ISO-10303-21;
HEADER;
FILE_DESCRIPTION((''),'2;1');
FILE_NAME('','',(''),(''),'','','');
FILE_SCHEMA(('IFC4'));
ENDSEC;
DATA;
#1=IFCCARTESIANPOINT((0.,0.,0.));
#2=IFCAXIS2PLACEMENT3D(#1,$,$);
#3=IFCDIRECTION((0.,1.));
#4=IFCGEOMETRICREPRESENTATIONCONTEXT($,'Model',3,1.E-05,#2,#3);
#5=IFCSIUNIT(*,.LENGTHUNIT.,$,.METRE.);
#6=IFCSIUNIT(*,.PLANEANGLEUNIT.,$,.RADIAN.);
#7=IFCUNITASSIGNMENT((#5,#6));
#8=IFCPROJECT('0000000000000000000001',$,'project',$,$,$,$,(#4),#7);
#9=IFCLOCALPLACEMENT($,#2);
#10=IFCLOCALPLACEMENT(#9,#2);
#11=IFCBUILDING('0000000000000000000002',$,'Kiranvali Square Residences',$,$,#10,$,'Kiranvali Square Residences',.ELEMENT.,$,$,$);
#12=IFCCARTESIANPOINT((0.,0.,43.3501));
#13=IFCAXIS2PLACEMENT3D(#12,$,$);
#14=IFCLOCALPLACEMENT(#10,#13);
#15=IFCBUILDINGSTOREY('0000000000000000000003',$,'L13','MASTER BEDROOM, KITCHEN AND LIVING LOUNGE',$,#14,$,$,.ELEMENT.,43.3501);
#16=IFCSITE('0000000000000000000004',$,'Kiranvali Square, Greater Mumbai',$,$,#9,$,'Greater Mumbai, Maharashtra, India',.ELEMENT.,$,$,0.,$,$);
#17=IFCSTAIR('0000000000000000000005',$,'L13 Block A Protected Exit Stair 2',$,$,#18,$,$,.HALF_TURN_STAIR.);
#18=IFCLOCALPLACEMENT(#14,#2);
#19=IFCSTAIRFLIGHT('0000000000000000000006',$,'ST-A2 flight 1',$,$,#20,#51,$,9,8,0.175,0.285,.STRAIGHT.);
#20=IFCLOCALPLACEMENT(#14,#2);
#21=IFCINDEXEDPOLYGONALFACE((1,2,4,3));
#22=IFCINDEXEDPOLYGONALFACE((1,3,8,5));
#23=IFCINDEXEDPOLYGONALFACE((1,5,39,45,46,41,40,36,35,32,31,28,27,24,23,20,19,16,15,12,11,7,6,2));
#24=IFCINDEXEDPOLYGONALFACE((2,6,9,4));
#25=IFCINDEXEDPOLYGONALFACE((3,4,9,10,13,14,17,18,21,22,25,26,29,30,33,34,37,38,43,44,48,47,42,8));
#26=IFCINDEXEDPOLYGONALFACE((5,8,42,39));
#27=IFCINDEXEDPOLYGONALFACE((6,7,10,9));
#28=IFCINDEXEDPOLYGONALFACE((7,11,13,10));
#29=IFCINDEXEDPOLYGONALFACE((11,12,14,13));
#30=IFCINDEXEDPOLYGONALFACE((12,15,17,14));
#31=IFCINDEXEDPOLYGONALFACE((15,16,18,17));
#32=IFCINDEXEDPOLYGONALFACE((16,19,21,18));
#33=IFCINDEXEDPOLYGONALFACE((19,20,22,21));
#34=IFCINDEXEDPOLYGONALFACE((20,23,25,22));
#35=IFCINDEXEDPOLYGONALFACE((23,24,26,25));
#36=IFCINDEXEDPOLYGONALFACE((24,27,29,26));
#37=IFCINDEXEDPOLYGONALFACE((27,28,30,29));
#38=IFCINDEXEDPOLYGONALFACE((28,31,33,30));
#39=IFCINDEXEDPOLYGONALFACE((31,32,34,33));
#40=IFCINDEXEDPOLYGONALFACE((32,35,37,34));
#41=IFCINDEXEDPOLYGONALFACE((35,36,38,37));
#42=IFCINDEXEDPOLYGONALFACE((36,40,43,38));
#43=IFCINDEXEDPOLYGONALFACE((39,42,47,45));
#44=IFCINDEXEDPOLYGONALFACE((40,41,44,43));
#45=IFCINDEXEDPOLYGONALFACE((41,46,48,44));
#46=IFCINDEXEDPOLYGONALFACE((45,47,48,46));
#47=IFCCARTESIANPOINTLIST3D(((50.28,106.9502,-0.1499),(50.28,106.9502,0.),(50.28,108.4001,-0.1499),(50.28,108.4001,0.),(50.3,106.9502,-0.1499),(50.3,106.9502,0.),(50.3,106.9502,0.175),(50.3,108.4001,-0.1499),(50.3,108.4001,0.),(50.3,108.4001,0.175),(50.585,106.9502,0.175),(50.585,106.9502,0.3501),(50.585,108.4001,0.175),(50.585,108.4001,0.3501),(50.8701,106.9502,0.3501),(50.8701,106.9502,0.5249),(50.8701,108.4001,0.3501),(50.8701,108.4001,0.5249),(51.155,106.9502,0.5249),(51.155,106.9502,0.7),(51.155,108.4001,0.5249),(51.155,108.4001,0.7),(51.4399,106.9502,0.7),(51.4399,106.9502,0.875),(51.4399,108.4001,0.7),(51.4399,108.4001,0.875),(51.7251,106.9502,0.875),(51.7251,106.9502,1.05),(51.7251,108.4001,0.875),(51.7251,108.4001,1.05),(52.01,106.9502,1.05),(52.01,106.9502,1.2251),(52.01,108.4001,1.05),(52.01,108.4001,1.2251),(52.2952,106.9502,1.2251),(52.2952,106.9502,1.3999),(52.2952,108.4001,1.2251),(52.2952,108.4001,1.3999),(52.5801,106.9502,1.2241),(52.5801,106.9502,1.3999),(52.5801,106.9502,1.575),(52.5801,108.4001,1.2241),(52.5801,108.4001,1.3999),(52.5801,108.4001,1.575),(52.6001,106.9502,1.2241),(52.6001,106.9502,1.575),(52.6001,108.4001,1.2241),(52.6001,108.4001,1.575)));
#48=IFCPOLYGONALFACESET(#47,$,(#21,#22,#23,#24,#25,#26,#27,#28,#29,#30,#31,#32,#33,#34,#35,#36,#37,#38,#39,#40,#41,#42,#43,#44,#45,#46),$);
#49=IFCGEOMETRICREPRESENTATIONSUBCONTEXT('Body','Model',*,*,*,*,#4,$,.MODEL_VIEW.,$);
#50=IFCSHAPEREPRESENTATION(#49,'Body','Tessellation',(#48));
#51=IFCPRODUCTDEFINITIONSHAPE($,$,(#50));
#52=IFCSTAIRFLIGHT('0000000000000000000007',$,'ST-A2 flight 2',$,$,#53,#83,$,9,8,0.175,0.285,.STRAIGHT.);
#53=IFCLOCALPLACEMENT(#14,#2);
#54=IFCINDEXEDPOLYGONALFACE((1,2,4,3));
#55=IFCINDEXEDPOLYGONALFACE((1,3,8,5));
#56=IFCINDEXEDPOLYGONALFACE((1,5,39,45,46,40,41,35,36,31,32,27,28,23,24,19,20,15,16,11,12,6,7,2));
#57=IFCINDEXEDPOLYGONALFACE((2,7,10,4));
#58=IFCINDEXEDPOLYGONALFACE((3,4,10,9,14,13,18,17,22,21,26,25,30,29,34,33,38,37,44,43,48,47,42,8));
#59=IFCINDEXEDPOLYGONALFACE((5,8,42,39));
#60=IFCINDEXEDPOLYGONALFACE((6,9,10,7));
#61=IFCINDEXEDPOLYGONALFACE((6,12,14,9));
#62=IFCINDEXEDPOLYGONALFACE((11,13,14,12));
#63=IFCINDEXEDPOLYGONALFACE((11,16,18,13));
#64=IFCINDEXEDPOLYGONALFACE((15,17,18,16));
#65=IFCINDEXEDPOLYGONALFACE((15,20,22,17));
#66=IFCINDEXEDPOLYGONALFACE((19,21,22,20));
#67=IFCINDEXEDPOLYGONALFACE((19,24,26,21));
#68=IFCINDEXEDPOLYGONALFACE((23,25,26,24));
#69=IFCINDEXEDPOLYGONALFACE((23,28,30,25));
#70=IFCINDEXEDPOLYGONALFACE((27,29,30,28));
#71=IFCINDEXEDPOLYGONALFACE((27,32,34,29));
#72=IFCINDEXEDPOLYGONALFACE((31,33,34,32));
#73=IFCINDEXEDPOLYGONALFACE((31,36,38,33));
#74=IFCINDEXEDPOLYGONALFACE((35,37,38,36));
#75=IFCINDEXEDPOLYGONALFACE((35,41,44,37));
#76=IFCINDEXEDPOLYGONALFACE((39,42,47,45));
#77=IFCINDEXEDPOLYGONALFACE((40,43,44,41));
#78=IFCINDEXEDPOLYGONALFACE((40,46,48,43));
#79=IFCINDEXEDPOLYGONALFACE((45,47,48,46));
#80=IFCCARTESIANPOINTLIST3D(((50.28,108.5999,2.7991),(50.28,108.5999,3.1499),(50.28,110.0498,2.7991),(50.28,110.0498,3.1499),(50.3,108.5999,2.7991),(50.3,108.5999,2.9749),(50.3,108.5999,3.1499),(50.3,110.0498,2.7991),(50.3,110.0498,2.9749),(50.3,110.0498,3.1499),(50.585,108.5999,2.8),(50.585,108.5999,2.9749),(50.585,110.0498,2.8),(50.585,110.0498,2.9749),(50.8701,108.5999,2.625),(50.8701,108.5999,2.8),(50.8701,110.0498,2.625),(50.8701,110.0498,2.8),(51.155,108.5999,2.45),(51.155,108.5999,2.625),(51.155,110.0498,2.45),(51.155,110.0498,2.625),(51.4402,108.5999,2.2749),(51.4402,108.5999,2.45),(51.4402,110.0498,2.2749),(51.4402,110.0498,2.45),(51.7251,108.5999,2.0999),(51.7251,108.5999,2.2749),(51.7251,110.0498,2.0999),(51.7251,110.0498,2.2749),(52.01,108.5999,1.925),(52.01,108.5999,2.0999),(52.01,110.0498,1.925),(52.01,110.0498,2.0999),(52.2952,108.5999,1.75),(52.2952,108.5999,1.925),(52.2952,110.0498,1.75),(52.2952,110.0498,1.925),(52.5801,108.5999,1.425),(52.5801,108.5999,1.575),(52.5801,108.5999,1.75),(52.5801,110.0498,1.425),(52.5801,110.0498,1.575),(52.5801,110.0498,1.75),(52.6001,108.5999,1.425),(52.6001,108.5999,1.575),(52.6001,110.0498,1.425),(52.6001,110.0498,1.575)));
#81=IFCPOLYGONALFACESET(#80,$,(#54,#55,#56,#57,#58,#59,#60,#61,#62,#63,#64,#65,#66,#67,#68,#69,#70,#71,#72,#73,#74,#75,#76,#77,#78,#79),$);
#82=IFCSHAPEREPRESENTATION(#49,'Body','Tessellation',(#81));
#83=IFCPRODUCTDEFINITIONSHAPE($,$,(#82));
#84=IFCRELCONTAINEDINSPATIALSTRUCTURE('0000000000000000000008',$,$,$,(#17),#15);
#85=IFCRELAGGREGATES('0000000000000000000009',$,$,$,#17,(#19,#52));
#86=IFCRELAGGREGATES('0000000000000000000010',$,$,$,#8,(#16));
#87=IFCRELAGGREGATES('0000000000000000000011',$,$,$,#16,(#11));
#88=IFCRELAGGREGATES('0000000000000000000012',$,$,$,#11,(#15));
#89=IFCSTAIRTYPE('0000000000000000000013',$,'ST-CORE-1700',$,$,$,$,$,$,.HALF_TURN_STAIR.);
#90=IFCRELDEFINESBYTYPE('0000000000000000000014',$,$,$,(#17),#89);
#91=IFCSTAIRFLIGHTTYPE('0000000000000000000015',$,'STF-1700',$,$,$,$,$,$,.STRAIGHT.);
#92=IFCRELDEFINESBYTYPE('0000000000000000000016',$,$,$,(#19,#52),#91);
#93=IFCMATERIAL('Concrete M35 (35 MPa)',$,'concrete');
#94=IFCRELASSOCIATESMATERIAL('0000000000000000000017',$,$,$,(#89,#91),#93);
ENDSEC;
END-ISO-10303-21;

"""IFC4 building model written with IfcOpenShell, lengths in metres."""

from ifc_helpers import new_model, si_unit, direction, frame, origin, place, context, subcontext, project, spatial, polyline, outline, extrude, material, type_object, element, aggregate, save


model = new_model("IFC4")

# Units and contexts
model_context = context("Model", 3, precision=1e-05, world=origin(), true_north=direction((0.0, 1.0)))
body_context = subcontext(model_context, "Body", "Model", "MODEL_VIEW")
ifc_project = project(units=[si_unit("LENGTHUNIT", "METRE"), si_unit("PLANEANGLEUNIT", "RADIAN")], contexts=[model_context])

# Site, building, storey
site_placement = place(None, origin())
site = spatial("IfcSite", under=ifc_project, at=site_placement, Name="Kiranvali Square, Greater Mumbai", LongName="Greater Mumbai, Maharashtra, India", CompositionType="ELEMENT", RefElevation=0.0)
building_placement = place(site_placement, origin())
building = spatial("IfcBuilding", under=site, at=building_placement, Name="Kiranvali Square Residences", LongName="Kiranvali Square Residences", CompositionType="ELEMENT")
storey_placement = place(building_placement, frame((0.0, 0.0, 43.3501)))
storey = spatial("IfcBuildingStorey", under=building, at=storey_placement, Name="L13", Description="MASTER BEDROOM, KITCHEN AND LIVING LOUNGE", CompositionType="ELEMENT", Elevation=43.3501)

# Stair, stair flights
ifc_material_1 = material(Name="Concrete M35 (35 MPa)", Category="concrete")
stair_type = type_object("IfcStairType", Name="ST-CORE-1700", PredefinedType="HALF_TURN_STAIR", material=ifc_material_1)
stair_placement = place(storey_placement, origin())
stair = element("IfcStair", 1, at=stair_placement, inside=storey, type_object=stair_type, Name="L13 Block A Protected Exit Stair 2", PredefinedType="HALF_TURN_STAIR")
stair_flight_type = type_object("IfcStairFlightType", Name="STF-1700", PredefinedType="STRAIGHT", material=ifc_material_1)
stair_flight_1_placement = place(storey_placement, frame((50.3, 107.675, 0.0), z_axis=(0.0, 0.0, 1.0), x_axis=(1.0, 0.0, 0.0)))
stair_flight_1 = element("IfcStairFlight", 2, at=stair_flight_1_placement, type_object=stair_flight_type, Name="ST-A2 flight 1", NumberOfRisers=9, NumberOfTreads=8, PredefinedType="STRAIGHT", RiserHeight=0.175, TreadLength=0.285, context=body_context, shape_type="SweptSolid", body=[
    extrude(outline(polyline([(-0.02, -0.1499), (-0.02, 0.0), (0.0, 0.0), (0.0, 0.175), (0.2849, 0.175), (0.2849, 0.3501), (0.5701, 0.3501), (0.5701, 0.5249), (0.855, 0.5249), (0.855, 0.7), (1.1399, 0.7), (1.1399, 0.875), (1.425, 0.875), (1.425, 1.05), (1.71, 1.05), (1.71, 1.2251), (1.9951, 1.2251), (1.9951, 1.3999), (2.28, 1.3999), (2.28, 1.575), (2.3, 1.575), (2.3, 1.2241), (2.28, 1.2241), (0.0, -0.1499), (-0.02, -0.1499)])), frame((0.0, 0.7251, 0.0), z_axis=(0.0, -1.0, 0.0), x_axis=(1.0, 0.0, 0.0)), (0.0, 0.0, 1.0), 1.45),
])
stair_flight_2_placement = place(storey_placement, frame((52.5801, 109.325, 1.575), z_axis=(0.0, 0.0, 1.0), x_axis=(-1.0, 0.0, 0.0)))
stair_flight_2 = element("IfcStairFlight", 3, at=stair_flight_2_placement, type_object=stair_flight_type, Name="ST-A2 flight 2", NumberOfRisers=9, NumberOfTreads=8, PredefinedType="STRAIGHT", RiserHeight=0.175, TreadLength=0.285, context=body_context, shape_type="SweptSolid", body=[
    extrude(outline(polyline([(-0.02, -0.1499), (-0.02, 0.0), (0.0, 0.0), (0.0, 0.175), (0.2849, 0.175), (0.2849, 0.3501), (0.5701, 0.3501), (0.5701, 0.5249), (0.855, 0.5249), (0.855, 0.7), (1.1399, 0.7), (1.1399, 0.875), (1.425, 0.875), (1.425, 1.05), (1.71, 1.05), (1.71, 1.2251), (1.9951, 1.2251), (1.9951, 1.3999), (2.28, 1.3999), (2.28, 1.575), (2.3, 1.575), (2.3, 1.2241), (2.28, 1.2241), (0.0, -0.1499), (-0.02, -0.1499)])), frame((0.0, 0.7251, 0.0), z_axis=(0.0, -1.0, 0.0), x_axis=(1.0, 0.0, 0.0)), (0.0, 0.0, 1.0), 1.45),
])
aggregate(stair, [stair_flight_1, stair_flight_2])

save(model, "model.ifc")
